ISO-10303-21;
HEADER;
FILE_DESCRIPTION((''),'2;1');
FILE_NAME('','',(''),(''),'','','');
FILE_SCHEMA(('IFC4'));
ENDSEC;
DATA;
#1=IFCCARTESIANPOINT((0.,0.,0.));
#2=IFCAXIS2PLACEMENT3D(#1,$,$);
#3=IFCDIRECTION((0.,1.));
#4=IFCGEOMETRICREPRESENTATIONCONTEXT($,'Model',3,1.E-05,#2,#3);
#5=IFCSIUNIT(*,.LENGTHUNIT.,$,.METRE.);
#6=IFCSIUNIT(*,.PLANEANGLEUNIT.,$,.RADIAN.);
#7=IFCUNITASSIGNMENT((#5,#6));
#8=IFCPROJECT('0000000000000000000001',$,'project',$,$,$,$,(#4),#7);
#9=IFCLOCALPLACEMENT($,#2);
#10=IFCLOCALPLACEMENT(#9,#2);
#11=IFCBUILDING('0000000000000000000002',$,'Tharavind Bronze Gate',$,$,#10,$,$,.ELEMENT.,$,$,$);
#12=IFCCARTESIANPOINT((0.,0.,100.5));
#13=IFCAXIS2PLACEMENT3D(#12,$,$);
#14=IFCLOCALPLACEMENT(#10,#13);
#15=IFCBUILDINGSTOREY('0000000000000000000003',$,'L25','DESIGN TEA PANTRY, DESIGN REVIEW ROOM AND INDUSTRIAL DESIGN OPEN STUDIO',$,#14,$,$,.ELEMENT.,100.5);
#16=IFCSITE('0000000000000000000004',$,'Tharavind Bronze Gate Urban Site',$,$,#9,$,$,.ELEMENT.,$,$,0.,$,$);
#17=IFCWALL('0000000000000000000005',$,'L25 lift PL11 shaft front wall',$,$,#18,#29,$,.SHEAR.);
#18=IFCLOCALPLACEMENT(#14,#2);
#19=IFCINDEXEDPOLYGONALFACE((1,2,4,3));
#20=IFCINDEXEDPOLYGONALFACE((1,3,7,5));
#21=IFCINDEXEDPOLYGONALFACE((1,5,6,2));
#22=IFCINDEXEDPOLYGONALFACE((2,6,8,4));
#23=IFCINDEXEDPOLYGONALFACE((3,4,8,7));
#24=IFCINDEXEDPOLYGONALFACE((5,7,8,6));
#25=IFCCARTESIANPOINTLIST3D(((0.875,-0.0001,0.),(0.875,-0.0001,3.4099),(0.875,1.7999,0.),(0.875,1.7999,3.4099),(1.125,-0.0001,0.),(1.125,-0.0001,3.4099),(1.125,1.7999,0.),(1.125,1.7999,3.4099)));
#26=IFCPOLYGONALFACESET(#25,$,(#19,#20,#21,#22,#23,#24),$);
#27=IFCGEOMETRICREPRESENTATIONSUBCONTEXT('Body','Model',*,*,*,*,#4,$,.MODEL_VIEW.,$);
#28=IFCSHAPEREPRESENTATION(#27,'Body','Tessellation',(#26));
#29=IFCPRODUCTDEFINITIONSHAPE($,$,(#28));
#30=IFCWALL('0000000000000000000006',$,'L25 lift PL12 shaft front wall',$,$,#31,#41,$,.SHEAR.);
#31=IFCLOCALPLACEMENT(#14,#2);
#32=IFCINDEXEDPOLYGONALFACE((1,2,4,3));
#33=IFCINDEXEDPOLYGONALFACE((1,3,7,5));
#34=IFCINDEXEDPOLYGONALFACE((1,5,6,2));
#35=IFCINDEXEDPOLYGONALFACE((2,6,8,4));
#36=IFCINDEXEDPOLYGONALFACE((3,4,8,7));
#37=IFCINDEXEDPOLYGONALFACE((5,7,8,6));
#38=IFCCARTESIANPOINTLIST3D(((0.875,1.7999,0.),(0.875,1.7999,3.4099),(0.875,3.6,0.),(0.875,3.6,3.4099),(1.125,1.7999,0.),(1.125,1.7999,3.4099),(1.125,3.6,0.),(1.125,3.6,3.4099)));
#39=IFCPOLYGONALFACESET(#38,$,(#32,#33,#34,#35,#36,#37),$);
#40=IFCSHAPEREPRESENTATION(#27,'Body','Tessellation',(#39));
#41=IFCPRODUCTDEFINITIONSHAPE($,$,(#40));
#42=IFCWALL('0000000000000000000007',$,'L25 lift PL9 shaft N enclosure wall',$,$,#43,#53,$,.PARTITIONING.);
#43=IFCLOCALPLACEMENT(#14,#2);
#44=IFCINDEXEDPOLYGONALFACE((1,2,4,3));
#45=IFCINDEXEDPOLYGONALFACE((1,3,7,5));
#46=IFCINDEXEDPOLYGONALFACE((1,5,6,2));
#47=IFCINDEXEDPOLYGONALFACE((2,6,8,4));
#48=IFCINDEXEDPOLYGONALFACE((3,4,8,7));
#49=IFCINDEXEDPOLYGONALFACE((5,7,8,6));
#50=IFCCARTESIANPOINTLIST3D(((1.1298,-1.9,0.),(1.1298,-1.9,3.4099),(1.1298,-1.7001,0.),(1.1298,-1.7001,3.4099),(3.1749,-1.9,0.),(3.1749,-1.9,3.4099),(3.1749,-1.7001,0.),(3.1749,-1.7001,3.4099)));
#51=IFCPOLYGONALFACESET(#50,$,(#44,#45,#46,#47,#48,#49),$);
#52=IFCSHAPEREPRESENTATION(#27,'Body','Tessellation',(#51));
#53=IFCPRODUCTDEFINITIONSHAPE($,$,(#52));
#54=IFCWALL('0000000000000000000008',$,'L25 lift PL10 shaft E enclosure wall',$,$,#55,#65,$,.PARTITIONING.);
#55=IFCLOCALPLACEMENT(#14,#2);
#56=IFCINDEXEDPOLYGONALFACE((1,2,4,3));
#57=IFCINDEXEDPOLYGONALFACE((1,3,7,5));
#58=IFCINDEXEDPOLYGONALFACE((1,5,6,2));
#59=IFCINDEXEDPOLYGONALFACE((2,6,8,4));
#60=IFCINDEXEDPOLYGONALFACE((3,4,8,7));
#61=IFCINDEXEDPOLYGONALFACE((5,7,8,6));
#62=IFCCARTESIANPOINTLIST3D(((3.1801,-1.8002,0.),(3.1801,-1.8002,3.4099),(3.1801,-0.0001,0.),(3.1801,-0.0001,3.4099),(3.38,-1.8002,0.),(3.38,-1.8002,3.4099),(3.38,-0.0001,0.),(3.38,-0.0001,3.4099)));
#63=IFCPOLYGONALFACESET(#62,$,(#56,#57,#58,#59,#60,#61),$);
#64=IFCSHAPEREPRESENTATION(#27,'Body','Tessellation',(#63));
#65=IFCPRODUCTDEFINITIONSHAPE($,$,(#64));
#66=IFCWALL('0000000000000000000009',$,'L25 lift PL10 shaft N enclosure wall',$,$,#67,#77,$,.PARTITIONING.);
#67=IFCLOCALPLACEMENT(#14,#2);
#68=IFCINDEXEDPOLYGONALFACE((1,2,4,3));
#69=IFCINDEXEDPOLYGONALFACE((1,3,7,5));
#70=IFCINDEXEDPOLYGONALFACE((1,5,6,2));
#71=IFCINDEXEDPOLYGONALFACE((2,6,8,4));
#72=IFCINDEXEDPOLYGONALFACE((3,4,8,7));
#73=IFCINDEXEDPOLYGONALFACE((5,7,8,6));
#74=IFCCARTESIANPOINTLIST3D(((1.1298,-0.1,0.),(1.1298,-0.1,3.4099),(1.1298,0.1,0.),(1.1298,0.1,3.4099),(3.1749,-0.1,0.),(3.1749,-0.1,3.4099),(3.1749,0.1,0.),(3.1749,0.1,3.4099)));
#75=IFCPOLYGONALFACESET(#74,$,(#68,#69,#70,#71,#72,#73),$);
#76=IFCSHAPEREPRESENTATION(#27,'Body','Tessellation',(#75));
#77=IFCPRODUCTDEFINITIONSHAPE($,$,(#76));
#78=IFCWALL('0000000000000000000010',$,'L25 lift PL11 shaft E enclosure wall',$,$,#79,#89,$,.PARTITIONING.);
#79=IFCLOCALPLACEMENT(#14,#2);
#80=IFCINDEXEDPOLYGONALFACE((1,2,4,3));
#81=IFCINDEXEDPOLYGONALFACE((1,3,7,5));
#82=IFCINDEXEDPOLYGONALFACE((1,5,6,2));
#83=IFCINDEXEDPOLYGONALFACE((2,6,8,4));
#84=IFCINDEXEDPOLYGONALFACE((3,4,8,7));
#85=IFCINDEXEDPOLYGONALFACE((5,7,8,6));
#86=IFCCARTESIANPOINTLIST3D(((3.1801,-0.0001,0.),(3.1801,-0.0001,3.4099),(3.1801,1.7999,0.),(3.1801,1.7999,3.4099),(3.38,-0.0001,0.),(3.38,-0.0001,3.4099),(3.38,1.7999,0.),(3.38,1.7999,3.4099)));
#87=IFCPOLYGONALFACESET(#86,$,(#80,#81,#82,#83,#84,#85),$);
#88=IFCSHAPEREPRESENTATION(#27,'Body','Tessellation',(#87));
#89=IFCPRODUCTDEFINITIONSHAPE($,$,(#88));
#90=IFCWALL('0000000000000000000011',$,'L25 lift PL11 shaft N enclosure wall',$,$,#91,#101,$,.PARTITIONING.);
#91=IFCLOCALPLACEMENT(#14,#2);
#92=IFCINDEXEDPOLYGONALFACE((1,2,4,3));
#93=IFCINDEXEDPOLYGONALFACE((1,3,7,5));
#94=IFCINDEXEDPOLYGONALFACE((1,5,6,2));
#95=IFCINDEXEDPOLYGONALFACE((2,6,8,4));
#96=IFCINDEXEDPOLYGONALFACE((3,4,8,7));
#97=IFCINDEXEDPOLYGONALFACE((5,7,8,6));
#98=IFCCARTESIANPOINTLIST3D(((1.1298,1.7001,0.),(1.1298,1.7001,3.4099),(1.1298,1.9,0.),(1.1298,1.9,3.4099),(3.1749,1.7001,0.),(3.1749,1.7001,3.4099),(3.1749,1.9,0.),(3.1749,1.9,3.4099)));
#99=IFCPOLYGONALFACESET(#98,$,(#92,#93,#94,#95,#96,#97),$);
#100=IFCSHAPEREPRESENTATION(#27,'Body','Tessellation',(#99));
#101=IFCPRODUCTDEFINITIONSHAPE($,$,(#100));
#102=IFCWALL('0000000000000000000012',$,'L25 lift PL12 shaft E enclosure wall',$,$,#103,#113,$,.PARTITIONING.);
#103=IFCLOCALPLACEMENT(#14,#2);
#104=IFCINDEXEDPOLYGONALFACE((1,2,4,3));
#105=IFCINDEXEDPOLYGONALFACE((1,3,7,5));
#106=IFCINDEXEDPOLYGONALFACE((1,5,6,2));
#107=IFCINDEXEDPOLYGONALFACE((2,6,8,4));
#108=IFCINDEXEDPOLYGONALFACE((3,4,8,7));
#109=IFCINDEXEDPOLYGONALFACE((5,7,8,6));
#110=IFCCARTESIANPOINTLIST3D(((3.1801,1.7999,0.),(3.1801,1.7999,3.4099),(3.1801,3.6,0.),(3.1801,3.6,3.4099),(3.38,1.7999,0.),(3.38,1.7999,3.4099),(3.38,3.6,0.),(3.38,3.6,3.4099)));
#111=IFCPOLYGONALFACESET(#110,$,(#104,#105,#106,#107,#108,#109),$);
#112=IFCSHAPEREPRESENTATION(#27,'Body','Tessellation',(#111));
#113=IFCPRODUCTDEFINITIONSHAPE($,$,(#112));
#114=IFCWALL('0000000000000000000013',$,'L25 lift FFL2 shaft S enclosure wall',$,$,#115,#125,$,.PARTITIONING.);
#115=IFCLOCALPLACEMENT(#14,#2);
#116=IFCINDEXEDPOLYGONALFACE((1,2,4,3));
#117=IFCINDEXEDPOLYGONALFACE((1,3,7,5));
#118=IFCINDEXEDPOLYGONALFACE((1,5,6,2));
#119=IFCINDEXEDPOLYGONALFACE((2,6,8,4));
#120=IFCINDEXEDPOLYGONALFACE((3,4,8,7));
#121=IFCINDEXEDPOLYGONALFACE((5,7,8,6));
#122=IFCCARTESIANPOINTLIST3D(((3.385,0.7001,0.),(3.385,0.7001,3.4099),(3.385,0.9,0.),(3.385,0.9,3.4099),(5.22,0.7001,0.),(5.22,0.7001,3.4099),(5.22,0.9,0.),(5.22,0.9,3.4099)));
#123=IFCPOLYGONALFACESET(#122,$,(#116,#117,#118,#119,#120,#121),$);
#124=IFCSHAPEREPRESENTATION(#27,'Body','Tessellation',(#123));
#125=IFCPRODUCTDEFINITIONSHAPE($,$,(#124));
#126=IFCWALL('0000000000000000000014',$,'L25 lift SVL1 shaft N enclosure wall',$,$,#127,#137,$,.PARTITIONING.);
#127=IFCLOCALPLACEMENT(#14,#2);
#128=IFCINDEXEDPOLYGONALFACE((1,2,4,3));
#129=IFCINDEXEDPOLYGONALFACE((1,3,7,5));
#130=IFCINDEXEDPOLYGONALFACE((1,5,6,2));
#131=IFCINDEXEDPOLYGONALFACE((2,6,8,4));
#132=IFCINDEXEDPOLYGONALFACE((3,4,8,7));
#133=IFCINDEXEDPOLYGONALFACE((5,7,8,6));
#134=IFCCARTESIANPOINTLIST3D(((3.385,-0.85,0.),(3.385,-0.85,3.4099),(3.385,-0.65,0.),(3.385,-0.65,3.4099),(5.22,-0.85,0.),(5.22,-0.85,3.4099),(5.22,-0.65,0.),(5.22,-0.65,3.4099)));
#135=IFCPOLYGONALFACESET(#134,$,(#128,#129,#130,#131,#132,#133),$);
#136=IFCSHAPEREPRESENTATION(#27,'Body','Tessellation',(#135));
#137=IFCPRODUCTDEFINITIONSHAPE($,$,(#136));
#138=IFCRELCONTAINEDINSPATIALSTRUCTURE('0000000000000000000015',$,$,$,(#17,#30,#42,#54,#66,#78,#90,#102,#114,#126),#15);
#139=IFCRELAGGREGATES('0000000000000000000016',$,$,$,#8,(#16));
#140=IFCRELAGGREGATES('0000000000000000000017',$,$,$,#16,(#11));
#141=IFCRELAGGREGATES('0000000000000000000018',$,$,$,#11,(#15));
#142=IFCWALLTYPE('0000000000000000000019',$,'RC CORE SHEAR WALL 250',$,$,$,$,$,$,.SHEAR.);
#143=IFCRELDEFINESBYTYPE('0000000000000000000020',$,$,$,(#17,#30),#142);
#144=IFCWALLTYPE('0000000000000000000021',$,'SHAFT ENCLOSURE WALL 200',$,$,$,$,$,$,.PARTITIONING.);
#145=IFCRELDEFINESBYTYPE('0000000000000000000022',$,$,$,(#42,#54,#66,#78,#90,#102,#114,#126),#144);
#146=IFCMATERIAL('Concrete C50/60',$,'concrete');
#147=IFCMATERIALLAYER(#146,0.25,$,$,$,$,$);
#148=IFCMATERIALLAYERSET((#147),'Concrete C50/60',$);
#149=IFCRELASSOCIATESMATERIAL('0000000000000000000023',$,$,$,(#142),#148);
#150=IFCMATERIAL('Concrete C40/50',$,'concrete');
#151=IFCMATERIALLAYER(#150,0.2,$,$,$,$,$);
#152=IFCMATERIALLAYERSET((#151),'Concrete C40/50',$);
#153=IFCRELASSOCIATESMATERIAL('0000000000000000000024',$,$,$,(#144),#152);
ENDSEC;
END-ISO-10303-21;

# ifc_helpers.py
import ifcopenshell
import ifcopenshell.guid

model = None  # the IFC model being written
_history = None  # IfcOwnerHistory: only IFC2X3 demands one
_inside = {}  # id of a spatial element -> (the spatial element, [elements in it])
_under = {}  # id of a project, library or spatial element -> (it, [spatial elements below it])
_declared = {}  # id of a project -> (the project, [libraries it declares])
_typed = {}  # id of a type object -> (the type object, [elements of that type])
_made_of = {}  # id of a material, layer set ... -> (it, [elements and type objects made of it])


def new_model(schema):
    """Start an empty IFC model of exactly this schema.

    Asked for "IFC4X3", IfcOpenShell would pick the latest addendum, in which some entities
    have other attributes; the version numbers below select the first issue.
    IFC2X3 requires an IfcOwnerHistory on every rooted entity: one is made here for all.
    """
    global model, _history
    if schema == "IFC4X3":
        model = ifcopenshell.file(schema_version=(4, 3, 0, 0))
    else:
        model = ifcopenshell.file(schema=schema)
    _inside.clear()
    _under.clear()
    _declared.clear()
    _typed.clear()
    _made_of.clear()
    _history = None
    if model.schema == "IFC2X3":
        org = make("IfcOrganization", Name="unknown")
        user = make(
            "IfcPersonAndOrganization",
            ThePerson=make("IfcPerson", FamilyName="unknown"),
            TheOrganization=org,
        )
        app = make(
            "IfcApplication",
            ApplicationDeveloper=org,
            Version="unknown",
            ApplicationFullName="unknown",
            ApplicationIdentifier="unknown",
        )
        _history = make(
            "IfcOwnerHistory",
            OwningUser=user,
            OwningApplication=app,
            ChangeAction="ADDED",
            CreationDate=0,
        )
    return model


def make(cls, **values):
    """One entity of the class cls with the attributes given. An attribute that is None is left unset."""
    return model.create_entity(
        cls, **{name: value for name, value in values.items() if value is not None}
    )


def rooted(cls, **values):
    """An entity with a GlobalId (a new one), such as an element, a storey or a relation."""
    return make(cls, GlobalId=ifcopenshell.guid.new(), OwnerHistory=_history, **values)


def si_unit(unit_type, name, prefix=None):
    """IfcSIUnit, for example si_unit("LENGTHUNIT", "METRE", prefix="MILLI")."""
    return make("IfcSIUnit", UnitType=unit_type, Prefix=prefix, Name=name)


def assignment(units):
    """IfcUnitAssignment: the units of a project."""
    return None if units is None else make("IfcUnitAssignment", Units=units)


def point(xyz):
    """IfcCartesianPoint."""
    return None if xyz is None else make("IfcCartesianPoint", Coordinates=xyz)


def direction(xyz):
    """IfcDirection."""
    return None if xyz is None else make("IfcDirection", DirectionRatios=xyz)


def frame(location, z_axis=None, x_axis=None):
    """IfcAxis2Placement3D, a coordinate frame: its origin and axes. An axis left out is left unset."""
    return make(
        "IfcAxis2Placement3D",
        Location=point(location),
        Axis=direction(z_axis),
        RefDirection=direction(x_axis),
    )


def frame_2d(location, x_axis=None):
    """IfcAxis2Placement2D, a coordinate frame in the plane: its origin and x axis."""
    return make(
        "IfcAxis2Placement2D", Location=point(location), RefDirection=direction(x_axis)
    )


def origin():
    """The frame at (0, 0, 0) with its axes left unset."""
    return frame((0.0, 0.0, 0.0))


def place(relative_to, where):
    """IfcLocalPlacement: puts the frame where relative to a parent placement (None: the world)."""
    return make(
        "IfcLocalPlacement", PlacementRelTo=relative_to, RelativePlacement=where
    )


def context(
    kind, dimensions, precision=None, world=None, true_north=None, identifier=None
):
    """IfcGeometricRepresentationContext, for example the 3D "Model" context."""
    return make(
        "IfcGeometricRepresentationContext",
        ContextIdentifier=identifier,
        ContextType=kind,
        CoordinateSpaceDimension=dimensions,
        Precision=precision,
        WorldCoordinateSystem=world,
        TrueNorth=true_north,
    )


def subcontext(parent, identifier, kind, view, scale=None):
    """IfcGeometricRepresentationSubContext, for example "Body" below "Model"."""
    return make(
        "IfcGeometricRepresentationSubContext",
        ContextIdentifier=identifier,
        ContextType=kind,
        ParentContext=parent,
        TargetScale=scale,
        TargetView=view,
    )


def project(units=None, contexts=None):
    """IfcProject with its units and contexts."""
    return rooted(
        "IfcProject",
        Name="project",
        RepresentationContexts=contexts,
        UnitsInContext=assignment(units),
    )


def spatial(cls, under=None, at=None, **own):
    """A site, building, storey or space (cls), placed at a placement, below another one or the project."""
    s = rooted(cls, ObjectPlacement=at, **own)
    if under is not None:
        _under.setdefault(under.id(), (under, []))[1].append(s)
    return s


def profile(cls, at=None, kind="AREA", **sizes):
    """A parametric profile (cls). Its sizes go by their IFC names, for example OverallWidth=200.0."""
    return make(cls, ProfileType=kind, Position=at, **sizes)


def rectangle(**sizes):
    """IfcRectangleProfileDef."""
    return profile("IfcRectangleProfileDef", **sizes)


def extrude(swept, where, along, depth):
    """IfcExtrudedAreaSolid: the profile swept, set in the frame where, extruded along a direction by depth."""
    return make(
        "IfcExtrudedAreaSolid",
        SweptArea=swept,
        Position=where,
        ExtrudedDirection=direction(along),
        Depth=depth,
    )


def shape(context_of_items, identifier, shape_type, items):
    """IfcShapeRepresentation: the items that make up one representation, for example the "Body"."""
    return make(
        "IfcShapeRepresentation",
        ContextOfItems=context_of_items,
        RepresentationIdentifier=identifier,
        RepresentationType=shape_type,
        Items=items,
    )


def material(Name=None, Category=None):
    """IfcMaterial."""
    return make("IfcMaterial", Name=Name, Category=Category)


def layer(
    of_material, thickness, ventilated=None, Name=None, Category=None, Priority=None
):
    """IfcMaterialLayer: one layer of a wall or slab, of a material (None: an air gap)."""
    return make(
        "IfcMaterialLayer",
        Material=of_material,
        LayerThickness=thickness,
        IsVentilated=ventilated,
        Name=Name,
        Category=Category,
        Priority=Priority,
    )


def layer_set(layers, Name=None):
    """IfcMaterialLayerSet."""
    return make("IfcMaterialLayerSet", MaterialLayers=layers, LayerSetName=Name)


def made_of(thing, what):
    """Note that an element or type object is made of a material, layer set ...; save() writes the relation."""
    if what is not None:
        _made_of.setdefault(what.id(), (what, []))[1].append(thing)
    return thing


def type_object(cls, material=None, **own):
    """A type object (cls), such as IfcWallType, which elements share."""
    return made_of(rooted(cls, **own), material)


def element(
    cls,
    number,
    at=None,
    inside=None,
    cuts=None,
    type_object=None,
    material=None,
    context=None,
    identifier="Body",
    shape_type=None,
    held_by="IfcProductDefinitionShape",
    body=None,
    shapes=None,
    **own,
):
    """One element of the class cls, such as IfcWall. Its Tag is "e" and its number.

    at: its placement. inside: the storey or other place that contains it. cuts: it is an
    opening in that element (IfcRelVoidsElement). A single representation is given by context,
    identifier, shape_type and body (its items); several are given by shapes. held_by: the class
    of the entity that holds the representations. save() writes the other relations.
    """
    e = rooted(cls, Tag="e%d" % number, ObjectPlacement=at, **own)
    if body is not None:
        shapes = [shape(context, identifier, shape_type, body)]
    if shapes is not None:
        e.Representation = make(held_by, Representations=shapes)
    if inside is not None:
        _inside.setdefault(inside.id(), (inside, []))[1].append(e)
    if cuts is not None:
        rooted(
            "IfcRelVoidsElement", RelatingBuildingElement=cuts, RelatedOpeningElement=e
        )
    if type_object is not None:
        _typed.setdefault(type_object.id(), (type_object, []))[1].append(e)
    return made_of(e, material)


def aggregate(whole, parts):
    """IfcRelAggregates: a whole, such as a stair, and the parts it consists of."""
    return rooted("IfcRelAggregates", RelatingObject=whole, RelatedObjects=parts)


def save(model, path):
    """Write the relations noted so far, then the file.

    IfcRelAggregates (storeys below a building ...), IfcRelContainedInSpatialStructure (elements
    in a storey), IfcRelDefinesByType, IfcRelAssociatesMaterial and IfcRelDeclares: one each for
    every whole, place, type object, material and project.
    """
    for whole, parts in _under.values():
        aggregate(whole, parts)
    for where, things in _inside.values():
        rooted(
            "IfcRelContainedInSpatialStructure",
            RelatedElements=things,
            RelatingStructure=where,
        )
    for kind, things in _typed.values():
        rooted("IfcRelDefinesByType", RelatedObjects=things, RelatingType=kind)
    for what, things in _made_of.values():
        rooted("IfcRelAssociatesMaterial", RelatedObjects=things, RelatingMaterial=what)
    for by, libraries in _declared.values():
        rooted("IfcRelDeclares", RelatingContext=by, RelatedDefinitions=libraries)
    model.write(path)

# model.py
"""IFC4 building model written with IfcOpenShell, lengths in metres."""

from ifc_helpers import new_model, si_unit, direction, frame, frame_2d, origin, place, context, subcontext, project, spatial, rectangle, extrude, material, layer, layer_set, type_object, element, save


model = new_model("IFC4")

# Units and contexts
model_context = context("Model", 3, precision=1e-05, world=origin(), true_north=direction((0.0, 1.0)))
body_context = subcontext(model_context, "Body", "Model", "MODEL_VIEW")
ifc_project = project(units=[si_unit("LENGTHUNIT", "METRE"), si_unit("PLANEANGLEUNIT", "RADIAN")], contexts=[model_context])

# Site, building, storey
site_placement = place(None, origin())
site = spatial("IfcSite", under=ifc_project, at=site_placement, Name="Tharavind Bronze Gate Urban Site", CompositionType="ELEMENT", RefElevation=0.0)
building_placement = place(site_placement, origin())
building = spatial("IfcBuilding", under=site, at=building_placement, Name="Tharavind Bronze Gate", CompositionType="ELEMENT")
storey_placement = place(building_placement, frame((0.0, 0.0, 100.5)))
storey = spatial("IfcBuildingStorey", under=building, at=storey_placement, Name="L25", Description="DESIGN TEA PANTRY, DESIGN REVIEW ROOM AND INDUSTRIAL DESIGN OPEN STUDIO", CompositionType="ELEMENT", Elevation=100.5)

# Shared definitions
ifc_material_1 = material(Name="Concrete C40/50", Category="concrete")

# Walls
ifc_material_2 = material(Name="Concrete C50/60", Category="concrete")
ifc_layer_1 = layer(ifc_material_2, 0.25)
ifc_layer_set_1 = layer_set([ifc_layer_1], Name="Concrete C50/60")
wall_type_1 = type_object("IfcWallType", Name="RC CORE SHEAR WALL 250", PredefinedType="SHEAR", material=ifc_layer_set_1)
for number, where, z_axis, x_axis, name in (
    (1, (1.0, 0.0, 0.0), (0.0, 0.0, 1.0), (0.0, 1.0, 0.0), "L25 lift PL11 shaft front wall"),
    (2, (1.0, 1.8, 0.0), (0.0, 0.0, 1.0), (0.0, 1.0, 0.0), "L25 lift PL12 shaft front wall"),
):
    element("IfcWall", number, at=place(storey_placement, frame(where, z_axis=z_axis, x_axis=x_axis)), inside=storey, type_object=wall_type_1, Name=name, PredefinedType="SHEAR", context=body_context, shape_type="SweptSolid", body=[
        extrude(rectangle(XDim=1.8, YDim=0.25, at=frame_2d((0.8999, 0.0))), origin(), (0.0, 0.0, 1.0), 3.4099),
    ])
ifc_layer_2 = layer(ifc_material_1, 0.2)
ifc_layer_set_2 = layer_set([ifc_layer_2], Name="Concrete C40/50")
wall_type_2 = type_object("IfcWallType", Name="SHAFT ENCLOSURE WALL 200", PredefinedType="PARTITIONING", material=ifc_layer_set_2)
wall_1_placement = place(storey_placement, frame((1.1299, -1.8, 0.0), z_axis=(0.0, 0.0, 1.0), x_axis=(1.0, 0.0, 0.0)))
element("IfcWall", 3, at=wall_1_placement, inside=storey, type_object=wall_type_2, Name="L25 lift PL9 shaft N enclosure wall", PredefinedType="PARTITIONING", context=body_context, shape_type="SweptSolid", body=[
    extrude(rectangle(XDim=2.0452, YDim=0.2, at=frame_2d((1.0225, 0.0))), origin(), (0.0, 0.0, 1.0), 3.4099),
])
wall_2_placement = place(storey_placement, frame((3.28, -1.8, 0.0), z_axis=(0.0, 0.0, 1.0), x_axis=(0.0, 1.0, 0.0)))
element("IfcWall", 4, at=wall_2_placement, inside=storey, type_object=wall_type_2, Name="L25 lift PL10 shaft E enclosure wall", PredefinedType="PARTITIONING", context=body_context, shape_type="SweptSolid", body=[
    extrude(rectangle(XDim=1.8, YDim=0.2, at=frame_2d((0.8999, 0.0))), origin(), (0.0, 0.0, 1.0), 3.4099),
])
wall_3_placement = place(storey_placement, frame((1.1299, 0.0, 0.0), z_axis=(0.0, 0.0, 1.0), x_axis=(1.0, 0.0, 0.0)))
element("IfcWall", 5, at=wall_3_placement, inside=storey, type_object=wall_type_2, Name="L25 lift PL10 shaft N enclosure wall", PredefinedType="PARTITIONING", context=body_context, shape_type="SweptSolid", body=[
    extrude(rectangle(XDim=2.0452, YDim=0.2, at=frame_2d((1.0225, 0.0))), origin(), (0.0, 0.0, 1.0), 3.4099),
])
wall_4_placement = place(storey_placement, frame((3.28, 0.0, 0.0), z_axis=(0.0, 0.0, 1.0), x_axis=(0.0, 1.0, 0.0)))
element("IfcWall", 6, at=wall_4_placement, inside=storey, type_object=wall_type_2, Name="L25 lift PL11 shaft E enclosure wall", PredefinedType="PARTITIONING", context=body_context, shape_type="SweptSolid", body=[
    extrude(rectangle(XDim=1.8, YDim=0.2, at=frame_2d((0.8999, 0.0))), origin(), (0.0, 0.0, 1.0), 3.4099),
])
wall_5_placement = place(storey_placement, frame((1.1299, 1.8, 0.0), z_axis=(0.0, 0.0, 1.0), x_axis=(1.0, 0.0, 0.0)))
element("IfcWall", 7, at=wall_5_placement, inside=storey, type_object=wall_type_2, Name="L25 lift PL11 shaft N enclosure wall", PredefinedType="PARTITIONING", context=body_context, shape_type="SweptSolid", body=[
    extrude(rectangle(XDim=2.0452, YDim=0.2, at=frame_2d((1.0225, 0.0))), origin(), (0.0, 0.0, 1.0), 3.4099),
])
wall_6_placement = place(storey_placement, frame((3.28, 1.8, 0.0), z_axis=(0.0, 0.0, 1.0), x_axis=(0.0, 1.0, 0.0)))
element("IfcWall", 8, at=wall_6_placement, inside=storey, type_object=wall_type_2, Name="L25 lift PL12 shaft E enclosure wall", PredefinedType="PARTITIONING", context=body_context, shape_type="SweptSolid", body=[
    extrude(rectangle(XDim=1.8, YDim=0.2, at=frame_2d((0.8999, 0.0))), origin(), (0.0, 0.0, 1.0), 3.4099),
])
for number, where, z_axis, x_axis, name in (
    (9, (3.385, 0.8, 0.0), (0.0, 0.0, 1.0), (1.0, 0.0, 0.0), "L25 lift FFL2 shaft S enclosure wall"),
    (10, (3.385, -0.75, 0.0), (0.0, 0.0, 1.0), (1.0, 0.0, 0.0), "L25 lift SVL1 shaft N enclosure wall"),
):
    element("IfcWall", number, at=place(storey_placement, frame(where, z_axis=z_axis, x_axis=x_axis)), inside=storey, type_object=wall_type_2, Name=name, PredefinedType="PARTITIONING", context=body_context, shape_type="SweptSolid", body=[
        extrude(rectangle(XDim=1.835, YDim=0.2, at=frame_2d((0.9175, 0.0))), origin(), (0.0, 0.0, 1.0), 3.4099),
    ])

save(model, "model.ifc")
